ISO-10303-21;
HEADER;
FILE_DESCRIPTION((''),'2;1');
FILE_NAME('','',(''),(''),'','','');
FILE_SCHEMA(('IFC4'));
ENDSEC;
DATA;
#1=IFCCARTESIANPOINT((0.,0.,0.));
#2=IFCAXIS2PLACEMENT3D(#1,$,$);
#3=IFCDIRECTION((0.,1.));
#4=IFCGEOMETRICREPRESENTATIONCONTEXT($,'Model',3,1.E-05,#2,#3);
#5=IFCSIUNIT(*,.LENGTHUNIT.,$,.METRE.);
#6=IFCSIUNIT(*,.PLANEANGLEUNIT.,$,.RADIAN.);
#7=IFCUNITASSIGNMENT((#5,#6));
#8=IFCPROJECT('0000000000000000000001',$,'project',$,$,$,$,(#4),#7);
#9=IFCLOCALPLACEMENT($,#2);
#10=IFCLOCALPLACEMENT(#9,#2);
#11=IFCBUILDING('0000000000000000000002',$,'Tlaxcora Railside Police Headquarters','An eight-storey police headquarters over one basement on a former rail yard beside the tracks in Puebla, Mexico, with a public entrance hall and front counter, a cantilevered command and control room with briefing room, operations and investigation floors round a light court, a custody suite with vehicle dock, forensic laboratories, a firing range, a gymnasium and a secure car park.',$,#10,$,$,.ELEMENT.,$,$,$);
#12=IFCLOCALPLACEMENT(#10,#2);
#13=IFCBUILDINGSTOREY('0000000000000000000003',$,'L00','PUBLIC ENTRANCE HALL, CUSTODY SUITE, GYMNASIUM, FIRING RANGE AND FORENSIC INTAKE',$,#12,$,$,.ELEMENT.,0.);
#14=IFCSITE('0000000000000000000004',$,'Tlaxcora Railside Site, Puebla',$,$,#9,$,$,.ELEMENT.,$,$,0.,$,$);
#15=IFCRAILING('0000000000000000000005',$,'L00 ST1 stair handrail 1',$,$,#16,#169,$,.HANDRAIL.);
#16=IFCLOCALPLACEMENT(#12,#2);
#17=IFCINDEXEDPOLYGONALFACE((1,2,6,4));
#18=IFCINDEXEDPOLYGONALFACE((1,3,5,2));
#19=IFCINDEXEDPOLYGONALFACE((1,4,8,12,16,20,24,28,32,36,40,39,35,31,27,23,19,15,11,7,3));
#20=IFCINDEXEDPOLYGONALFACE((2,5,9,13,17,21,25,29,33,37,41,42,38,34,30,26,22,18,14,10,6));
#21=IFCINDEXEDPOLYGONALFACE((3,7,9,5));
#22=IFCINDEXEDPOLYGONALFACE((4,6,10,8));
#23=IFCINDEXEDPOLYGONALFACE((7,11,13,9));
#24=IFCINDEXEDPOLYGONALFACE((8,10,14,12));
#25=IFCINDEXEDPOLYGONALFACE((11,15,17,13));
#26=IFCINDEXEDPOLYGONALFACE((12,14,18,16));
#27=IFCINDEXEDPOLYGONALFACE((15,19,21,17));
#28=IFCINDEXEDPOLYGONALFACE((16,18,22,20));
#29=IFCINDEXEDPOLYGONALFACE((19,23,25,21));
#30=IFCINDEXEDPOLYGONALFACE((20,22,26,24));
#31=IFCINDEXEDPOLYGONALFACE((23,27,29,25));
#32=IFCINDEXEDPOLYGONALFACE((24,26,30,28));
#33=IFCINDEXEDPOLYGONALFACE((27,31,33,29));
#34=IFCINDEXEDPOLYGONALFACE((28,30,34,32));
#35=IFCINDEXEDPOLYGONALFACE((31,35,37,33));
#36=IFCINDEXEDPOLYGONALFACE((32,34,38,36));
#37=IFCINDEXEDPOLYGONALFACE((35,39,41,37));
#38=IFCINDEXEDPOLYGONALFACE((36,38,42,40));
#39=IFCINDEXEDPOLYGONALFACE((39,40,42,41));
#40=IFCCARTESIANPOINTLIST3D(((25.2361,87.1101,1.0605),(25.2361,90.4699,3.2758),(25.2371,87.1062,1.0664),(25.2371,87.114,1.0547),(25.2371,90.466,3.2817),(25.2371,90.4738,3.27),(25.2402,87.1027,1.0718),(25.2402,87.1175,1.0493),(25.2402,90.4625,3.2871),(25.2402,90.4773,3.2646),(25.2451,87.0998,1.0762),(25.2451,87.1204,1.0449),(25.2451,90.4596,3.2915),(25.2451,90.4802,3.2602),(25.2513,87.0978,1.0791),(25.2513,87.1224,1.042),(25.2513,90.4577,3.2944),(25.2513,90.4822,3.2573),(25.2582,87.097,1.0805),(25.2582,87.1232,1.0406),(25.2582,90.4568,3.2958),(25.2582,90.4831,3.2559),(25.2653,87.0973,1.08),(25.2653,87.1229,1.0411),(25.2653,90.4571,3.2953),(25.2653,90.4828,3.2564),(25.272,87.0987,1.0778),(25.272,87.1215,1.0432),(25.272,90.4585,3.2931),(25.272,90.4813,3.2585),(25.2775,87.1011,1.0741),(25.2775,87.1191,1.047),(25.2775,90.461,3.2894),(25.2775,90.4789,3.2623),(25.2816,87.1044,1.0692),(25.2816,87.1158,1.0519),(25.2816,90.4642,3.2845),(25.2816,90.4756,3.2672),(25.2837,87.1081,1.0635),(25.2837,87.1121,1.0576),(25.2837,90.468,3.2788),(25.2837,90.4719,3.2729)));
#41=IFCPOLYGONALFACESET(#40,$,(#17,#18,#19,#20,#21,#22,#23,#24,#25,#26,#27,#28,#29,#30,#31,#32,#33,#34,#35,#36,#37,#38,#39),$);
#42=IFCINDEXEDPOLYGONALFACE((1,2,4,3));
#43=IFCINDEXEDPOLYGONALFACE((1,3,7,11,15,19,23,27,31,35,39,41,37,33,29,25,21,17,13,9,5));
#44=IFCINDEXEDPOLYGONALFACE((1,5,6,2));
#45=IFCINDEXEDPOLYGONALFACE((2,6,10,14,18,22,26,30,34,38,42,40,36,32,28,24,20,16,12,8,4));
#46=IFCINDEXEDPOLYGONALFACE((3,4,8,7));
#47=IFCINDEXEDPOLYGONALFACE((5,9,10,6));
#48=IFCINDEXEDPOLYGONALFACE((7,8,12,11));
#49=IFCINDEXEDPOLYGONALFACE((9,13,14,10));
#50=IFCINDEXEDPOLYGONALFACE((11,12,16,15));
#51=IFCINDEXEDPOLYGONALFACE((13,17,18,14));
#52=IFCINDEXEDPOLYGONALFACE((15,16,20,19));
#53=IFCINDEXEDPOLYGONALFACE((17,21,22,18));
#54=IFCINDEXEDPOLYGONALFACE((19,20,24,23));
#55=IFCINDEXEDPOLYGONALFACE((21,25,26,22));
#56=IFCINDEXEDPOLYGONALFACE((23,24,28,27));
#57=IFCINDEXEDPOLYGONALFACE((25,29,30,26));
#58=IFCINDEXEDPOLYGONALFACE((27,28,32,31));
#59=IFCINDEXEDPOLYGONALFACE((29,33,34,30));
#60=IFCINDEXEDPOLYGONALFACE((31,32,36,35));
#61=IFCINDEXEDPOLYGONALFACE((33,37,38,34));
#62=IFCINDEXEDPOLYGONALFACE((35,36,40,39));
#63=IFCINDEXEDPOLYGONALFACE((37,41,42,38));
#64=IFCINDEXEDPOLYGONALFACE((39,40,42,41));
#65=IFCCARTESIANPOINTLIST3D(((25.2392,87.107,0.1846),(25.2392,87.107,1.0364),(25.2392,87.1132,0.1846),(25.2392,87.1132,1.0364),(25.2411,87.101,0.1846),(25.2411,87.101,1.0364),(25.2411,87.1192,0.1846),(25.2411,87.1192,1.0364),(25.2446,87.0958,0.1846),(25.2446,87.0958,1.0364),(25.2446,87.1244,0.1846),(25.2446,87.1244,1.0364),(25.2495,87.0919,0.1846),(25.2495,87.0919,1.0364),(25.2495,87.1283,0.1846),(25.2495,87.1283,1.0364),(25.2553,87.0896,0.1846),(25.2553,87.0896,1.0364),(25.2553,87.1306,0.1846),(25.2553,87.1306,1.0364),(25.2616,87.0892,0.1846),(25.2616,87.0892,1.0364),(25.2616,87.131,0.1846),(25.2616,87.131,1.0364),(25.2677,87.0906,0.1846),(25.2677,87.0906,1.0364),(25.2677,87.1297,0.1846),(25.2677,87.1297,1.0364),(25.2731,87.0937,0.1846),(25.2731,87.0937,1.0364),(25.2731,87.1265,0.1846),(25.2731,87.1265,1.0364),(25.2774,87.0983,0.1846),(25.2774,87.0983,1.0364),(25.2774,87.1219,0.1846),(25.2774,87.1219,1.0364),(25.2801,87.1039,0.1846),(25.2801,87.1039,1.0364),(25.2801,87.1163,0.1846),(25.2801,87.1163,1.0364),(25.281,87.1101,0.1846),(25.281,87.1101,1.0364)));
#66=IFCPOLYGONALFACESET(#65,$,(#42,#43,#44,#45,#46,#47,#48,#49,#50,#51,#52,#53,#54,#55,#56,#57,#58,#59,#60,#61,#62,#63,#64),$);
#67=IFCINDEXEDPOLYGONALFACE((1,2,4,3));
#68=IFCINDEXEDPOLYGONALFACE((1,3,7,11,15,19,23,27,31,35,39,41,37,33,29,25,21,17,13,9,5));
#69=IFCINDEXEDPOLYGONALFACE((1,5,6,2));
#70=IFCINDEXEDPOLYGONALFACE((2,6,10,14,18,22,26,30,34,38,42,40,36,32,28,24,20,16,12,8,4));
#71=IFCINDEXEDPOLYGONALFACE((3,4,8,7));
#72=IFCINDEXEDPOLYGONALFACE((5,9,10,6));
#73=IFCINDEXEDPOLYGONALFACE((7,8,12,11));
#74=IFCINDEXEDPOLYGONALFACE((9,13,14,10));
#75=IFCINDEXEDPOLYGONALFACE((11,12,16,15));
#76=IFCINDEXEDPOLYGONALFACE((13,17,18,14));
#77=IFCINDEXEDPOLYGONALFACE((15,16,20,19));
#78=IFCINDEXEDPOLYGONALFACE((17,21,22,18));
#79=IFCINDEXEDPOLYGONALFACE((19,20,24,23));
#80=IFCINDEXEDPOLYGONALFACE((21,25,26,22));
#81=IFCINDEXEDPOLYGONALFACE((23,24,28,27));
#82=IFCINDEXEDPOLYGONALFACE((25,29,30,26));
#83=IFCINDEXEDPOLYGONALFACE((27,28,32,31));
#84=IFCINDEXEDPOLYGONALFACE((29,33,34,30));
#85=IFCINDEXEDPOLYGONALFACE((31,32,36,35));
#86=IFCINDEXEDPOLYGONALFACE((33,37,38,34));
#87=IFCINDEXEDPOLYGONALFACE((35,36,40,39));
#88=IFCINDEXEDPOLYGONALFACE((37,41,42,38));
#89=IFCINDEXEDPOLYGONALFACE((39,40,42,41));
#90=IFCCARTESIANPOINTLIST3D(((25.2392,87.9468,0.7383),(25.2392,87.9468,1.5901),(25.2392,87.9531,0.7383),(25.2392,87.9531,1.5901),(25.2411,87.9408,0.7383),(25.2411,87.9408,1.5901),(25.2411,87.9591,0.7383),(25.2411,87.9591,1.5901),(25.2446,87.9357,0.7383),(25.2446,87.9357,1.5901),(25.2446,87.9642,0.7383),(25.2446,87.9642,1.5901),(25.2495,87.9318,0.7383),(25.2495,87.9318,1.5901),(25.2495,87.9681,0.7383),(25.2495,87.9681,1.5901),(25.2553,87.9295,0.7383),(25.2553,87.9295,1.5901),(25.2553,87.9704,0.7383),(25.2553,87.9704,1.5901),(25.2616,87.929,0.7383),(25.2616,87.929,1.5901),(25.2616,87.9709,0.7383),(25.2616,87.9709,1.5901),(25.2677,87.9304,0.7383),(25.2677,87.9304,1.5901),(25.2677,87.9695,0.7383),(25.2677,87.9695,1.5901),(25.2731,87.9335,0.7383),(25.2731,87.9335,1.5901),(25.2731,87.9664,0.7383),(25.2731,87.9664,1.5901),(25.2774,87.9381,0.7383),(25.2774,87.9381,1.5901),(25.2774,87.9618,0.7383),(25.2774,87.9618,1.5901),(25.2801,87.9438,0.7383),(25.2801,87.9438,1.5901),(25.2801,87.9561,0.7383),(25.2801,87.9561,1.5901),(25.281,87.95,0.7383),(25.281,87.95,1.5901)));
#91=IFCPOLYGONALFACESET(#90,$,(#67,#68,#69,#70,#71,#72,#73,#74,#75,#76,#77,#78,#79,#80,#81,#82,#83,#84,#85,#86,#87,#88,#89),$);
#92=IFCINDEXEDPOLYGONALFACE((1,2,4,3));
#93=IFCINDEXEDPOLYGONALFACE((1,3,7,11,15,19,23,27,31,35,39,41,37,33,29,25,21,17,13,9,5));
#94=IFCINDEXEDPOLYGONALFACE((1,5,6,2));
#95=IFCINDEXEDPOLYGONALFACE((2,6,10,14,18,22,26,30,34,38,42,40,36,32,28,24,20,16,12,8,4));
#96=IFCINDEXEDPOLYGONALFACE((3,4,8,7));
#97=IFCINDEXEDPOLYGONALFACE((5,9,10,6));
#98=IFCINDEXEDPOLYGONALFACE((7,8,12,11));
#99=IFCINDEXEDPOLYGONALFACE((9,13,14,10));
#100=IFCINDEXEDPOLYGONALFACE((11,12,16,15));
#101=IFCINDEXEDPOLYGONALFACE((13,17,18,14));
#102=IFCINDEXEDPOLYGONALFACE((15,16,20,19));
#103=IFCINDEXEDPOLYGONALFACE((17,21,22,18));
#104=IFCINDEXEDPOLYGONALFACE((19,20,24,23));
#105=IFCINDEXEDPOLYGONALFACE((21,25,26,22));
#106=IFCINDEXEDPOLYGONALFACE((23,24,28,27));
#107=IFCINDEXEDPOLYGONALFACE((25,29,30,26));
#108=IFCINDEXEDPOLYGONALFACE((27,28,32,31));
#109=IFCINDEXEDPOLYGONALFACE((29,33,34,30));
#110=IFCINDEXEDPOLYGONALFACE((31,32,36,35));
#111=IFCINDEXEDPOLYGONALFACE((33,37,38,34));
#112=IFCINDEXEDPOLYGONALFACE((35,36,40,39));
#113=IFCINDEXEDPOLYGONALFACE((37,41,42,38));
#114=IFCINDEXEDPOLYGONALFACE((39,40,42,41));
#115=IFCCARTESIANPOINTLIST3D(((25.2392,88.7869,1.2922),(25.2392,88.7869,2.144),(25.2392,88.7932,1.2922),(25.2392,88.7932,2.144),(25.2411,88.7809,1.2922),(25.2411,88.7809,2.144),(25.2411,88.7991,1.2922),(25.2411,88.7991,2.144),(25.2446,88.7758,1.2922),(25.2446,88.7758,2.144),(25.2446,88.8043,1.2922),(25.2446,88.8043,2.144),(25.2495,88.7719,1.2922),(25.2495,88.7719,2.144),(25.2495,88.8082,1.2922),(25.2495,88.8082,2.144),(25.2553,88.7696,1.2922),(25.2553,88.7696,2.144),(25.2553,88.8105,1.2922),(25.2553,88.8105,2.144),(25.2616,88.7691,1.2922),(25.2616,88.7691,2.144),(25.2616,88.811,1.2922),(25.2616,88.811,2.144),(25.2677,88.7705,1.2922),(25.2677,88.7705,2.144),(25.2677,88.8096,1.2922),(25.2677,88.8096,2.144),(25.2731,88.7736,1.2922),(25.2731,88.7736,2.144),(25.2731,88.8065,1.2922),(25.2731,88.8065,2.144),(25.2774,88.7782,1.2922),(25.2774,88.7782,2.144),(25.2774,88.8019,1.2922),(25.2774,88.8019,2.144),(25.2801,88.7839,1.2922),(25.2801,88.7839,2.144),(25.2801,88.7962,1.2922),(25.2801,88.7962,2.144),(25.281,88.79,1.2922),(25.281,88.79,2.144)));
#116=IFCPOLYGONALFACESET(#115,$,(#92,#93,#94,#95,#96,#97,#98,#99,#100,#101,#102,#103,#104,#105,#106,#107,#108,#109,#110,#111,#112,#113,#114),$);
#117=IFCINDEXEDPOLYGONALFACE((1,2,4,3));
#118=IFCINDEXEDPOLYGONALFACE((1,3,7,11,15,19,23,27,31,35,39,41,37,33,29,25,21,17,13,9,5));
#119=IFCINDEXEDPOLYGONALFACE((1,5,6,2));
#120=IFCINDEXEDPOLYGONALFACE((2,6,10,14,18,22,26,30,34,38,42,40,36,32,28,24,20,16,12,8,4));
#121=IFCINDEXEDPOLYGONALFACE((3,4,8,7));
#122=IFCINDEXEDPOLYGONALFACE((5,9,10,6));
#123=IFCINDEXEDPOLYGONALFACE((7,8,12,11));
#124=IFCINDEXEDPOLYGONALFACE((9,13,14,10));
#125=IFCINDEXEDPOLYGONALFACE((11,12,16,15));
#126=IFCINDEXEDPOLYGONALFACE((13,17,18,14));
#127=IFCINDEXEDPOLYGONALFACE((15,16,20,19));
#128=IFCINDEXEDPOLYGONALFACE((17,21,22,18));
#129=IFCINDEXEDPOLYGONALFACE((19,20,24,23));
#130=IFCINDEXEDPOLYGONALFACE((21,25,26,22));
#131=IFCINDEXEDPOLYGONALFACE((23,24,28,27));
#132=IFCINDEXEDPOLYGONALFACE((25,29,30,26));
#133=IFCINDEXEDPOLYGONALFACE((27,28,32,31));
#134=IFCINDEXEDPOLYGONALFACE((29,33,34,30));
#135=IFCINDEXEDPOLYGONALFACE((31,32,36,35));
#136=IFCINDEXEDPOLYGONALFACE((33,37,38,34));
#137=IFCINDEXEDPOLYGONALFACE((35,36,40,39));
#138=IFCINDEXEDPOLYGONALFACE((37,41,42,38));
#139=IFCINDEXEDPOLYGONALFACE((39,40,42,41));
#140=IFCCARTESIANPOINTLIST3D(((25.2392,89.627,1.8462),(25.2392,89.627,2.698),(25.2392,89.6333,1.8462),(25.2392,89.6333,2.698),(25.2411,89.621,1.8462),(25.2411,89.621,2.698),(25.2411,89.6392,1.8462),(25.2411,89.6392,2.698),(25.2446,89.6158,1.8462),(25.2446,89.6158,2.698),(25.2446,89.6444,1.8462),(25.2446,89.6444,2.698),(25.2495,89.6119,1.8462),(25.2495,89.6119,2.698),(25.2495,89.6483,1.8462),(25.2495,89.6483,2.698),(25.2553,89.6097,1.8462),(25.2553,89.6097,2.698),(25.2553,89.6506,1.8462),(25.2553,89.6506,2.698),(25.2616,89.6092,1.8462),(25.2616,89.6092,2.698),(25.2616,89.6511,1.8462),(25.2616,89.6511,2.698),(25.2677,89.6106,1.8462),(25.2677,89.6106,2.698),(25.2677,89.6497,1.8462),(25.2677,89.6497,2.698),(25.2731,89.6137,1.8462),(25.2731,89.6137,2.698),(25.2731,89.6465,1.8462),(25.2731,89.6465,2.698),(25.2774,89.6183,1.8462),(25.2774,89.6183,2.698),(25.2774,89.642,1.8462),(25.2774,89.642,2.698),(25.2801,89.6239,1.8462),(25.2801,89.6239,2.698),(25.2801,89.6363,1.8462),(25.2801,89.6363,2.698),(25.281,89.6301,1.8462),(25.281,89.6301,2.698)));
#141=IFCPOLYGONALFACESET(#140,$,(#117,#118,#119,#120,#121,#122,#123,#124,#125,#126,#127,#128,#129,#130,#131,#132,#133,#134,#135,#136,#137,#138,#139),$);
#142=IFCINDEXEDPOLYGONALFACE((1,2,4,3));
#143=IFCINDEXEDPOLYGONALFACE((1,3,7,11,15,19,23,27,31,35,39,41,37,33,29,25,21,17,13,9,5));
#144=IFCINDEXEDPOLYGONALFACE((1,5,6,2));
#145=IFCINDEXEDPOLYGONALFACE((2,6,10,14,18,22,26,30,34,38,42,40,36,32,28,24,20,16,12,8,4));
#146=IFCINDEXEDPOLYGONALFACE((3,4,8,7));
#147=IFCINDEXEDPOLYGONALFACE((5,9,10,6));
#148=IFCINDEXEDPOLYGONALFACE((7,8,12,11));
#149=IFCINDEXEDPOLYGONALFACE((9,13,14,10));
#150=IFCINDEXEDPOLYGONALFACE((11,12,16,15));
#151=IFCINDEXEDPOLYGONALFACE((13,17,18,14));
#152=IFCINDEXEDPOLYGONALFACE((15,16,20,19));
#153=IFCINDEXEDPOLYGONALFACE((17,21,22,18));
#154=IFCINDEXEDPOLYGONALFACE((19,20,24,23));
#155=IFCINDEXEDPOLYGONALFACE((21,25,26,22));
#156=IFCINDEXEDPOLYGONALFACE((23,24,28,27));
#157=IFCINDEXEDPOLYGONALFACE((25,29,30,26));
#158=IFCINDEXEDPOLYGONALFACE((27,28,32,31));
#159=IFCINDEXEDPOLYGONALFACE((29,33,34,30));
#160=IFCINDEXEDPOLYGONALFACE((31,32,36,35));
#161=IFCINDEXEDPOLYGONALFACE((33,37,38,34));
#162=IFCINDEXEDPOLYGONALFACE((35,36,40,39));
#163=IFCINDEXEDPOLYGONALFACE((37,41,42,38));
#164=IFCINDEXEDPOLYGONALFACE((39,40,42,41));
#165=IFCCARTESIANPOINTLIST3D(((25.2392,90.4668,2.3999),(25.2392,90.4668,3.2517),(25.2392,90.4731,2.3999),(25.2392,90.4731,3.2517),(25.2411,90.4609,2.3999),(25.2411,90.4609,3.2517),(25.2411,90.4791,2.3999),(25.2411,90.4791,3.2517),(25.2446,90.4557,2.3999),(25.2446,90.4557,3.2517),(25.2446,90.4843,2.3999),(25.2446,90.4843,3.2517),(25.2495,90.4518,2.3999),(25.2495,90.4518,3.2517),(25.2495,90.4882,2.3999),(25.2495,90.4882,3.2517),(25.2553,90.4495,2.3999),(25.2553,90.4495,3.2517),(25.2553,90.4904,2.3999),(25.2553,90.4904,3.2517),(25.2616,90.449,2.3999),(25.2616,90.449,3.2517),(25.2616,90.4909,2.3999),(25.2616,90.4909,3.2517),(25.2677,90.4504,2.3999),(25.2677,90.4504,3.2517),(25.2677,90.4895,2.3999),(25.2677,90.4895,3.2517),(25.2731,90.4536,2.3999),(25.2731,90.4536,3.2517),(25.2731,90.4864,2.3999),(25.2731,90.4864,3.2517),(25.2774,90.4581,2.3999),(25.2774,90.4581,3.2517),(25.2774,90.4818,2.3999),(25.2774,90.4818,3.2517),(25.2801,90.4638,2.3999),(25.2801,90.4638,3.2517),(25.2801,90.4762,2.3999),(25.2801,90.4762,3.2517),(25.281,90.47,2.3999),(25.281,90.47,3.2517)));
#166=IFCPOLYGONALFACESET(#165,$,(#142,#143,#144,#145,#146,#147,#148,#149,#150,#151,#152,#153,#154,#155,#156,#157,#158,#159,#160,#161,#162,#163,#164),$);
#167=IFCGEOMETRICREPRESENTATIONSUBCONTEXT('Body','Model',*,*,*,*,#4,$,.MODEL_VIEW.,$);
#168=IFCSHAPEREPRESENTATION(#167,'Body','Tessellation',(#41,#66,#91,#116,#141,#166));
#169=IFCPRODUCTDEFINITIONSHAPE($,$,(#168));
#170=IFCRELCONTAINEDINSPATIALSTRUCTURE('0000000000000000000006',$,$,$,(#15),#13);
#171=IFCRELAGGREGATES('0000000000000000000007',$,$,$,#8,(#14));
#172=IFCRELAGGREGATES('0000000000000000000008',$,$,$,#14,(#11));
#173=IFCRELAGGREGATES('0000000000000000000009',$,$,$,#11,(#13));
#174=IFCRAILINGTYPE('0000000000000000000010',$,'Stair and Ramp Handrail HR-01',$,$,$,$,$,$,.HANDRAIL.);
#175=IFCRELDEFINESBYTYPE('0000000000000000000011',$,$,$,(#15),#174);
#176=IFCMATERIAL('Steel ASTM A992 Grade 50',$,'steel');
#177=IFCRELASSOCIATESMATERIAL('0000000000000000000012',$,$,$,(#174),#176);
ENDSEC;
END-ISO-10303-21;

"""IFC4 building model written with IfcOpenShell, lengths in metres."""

from ifc_helpers import new_model, si_unit, direction, frame, origin, origin_2d, place, context, subcontext, project, spatial, circle, extrude, material, type_object, element, save


model = new_model("IFC4")

# Units and contexts
model_context = context("Model", 3, precision=1e-05, world=origin(), true_north=direction((0.0, 1.0)))
body_context = subcontext(model_context, "Body", "Model", "MODEL_VIEW")
ifc_project = project(units=[si_unit("LENGTHUNIT", "METRE"), si_unit("PLANEANGLEUNIT", "RADIAN")], contexts=[model_context])

# Site, building, storey
site_placement = place(None, origin())
site = spatial("IfcSite", under=ifc_project, at=site_placement, Name="Tlaxcora Railside Site, Puebla", CompositionType="ELEMENT", RefElevation=0.0)
building_placement = place(site_placement, origin())
building = spatial("IfcBuilding", under=site, at=building_placement, Name="Tlaxcora Railside Police Headquarters", Description="An eight-storey police headquarters over one basement on a former rail yard beside the tracks in Puebla, Mexico, with a public entrance hall and front counter, a cantilevered command and control room with briefing room, operations and investigation floors round a light court, a custody suite with vehicle dock, forensic laboratories, a firing range, a gymnasium and a secure car park.", CompositionType="ELEMENT")
storey_placement = place(building_placement, origin())
storey = spatial("IfcBuildingStorey", under=building, at=storey_placement, Name="L00", Description="PUBLIC ENTRANCE HALL, CUSTODY SUITE, GYMNASIUM, FIRING RANGE AND FORENSIC INTAKE", CompositionType="ELEMENT", Elevation=0.0)

# Shared definitions
ifc_material_1 = material(Name="Steel ASTM A992 Grade 50", Category="steel")

# Railing
railing_type_1 = type_object("IfcRailingType", Name="Stair and Ramp Handrail HR-01", PredefinedType="HANDRAIL", material=ifc_material_1)
railing_1_placement = place(storey_placement, frame((25.26, 87.1101, 0.1846)))
element("IfcRailing", 1, at=railing_1_placement, inside=storey, type_object=railing_type_1, Name="L00 ST1 stair handrail 1", PredefinedType="HANDRAIL", context=body_context, shape_type="SweptSolid", body=[
    extrude(circle(Radius=0.0239, at=origin_2d()), frame((0.0, 0.0, 0.876), z_axis=(0.0, 0.834858, 0.550465), x_axis=(-1.0, 0.0, 0.0)), (0.0, 0.0, 1.0), 4.0244),
    extrude(circle(Radius=0.021, at=origin_2d()), origin(), (0.0, 0.0, 1.0), 0.8518),
    extrude(circle(Radius=0.021, at=origin_2d()), frame((0.0, 0.8398, 0.5537)), (0.0, 0.0, 1.0), 0.8518),
    extrude(circle(Radius=0.021, at=origin_2d()), frame((0.0, 1.6799, 1.1077)), (0.0, 0.0, 1.0), 0.8518),
    extrude(circle(Radius=0.021, at=origin_2d()), frame((0.0, 2.52, 1.6616)), (0.0, 0.0, 1.0), 0.8518),
    extrude(circle(Radius=0.021, at=origin_2d()), frame((0.0, 3.3599, 2.2153)), (0.0, 0.0, 1.0), 0.8518),
])

save(model, "model.ifc")
